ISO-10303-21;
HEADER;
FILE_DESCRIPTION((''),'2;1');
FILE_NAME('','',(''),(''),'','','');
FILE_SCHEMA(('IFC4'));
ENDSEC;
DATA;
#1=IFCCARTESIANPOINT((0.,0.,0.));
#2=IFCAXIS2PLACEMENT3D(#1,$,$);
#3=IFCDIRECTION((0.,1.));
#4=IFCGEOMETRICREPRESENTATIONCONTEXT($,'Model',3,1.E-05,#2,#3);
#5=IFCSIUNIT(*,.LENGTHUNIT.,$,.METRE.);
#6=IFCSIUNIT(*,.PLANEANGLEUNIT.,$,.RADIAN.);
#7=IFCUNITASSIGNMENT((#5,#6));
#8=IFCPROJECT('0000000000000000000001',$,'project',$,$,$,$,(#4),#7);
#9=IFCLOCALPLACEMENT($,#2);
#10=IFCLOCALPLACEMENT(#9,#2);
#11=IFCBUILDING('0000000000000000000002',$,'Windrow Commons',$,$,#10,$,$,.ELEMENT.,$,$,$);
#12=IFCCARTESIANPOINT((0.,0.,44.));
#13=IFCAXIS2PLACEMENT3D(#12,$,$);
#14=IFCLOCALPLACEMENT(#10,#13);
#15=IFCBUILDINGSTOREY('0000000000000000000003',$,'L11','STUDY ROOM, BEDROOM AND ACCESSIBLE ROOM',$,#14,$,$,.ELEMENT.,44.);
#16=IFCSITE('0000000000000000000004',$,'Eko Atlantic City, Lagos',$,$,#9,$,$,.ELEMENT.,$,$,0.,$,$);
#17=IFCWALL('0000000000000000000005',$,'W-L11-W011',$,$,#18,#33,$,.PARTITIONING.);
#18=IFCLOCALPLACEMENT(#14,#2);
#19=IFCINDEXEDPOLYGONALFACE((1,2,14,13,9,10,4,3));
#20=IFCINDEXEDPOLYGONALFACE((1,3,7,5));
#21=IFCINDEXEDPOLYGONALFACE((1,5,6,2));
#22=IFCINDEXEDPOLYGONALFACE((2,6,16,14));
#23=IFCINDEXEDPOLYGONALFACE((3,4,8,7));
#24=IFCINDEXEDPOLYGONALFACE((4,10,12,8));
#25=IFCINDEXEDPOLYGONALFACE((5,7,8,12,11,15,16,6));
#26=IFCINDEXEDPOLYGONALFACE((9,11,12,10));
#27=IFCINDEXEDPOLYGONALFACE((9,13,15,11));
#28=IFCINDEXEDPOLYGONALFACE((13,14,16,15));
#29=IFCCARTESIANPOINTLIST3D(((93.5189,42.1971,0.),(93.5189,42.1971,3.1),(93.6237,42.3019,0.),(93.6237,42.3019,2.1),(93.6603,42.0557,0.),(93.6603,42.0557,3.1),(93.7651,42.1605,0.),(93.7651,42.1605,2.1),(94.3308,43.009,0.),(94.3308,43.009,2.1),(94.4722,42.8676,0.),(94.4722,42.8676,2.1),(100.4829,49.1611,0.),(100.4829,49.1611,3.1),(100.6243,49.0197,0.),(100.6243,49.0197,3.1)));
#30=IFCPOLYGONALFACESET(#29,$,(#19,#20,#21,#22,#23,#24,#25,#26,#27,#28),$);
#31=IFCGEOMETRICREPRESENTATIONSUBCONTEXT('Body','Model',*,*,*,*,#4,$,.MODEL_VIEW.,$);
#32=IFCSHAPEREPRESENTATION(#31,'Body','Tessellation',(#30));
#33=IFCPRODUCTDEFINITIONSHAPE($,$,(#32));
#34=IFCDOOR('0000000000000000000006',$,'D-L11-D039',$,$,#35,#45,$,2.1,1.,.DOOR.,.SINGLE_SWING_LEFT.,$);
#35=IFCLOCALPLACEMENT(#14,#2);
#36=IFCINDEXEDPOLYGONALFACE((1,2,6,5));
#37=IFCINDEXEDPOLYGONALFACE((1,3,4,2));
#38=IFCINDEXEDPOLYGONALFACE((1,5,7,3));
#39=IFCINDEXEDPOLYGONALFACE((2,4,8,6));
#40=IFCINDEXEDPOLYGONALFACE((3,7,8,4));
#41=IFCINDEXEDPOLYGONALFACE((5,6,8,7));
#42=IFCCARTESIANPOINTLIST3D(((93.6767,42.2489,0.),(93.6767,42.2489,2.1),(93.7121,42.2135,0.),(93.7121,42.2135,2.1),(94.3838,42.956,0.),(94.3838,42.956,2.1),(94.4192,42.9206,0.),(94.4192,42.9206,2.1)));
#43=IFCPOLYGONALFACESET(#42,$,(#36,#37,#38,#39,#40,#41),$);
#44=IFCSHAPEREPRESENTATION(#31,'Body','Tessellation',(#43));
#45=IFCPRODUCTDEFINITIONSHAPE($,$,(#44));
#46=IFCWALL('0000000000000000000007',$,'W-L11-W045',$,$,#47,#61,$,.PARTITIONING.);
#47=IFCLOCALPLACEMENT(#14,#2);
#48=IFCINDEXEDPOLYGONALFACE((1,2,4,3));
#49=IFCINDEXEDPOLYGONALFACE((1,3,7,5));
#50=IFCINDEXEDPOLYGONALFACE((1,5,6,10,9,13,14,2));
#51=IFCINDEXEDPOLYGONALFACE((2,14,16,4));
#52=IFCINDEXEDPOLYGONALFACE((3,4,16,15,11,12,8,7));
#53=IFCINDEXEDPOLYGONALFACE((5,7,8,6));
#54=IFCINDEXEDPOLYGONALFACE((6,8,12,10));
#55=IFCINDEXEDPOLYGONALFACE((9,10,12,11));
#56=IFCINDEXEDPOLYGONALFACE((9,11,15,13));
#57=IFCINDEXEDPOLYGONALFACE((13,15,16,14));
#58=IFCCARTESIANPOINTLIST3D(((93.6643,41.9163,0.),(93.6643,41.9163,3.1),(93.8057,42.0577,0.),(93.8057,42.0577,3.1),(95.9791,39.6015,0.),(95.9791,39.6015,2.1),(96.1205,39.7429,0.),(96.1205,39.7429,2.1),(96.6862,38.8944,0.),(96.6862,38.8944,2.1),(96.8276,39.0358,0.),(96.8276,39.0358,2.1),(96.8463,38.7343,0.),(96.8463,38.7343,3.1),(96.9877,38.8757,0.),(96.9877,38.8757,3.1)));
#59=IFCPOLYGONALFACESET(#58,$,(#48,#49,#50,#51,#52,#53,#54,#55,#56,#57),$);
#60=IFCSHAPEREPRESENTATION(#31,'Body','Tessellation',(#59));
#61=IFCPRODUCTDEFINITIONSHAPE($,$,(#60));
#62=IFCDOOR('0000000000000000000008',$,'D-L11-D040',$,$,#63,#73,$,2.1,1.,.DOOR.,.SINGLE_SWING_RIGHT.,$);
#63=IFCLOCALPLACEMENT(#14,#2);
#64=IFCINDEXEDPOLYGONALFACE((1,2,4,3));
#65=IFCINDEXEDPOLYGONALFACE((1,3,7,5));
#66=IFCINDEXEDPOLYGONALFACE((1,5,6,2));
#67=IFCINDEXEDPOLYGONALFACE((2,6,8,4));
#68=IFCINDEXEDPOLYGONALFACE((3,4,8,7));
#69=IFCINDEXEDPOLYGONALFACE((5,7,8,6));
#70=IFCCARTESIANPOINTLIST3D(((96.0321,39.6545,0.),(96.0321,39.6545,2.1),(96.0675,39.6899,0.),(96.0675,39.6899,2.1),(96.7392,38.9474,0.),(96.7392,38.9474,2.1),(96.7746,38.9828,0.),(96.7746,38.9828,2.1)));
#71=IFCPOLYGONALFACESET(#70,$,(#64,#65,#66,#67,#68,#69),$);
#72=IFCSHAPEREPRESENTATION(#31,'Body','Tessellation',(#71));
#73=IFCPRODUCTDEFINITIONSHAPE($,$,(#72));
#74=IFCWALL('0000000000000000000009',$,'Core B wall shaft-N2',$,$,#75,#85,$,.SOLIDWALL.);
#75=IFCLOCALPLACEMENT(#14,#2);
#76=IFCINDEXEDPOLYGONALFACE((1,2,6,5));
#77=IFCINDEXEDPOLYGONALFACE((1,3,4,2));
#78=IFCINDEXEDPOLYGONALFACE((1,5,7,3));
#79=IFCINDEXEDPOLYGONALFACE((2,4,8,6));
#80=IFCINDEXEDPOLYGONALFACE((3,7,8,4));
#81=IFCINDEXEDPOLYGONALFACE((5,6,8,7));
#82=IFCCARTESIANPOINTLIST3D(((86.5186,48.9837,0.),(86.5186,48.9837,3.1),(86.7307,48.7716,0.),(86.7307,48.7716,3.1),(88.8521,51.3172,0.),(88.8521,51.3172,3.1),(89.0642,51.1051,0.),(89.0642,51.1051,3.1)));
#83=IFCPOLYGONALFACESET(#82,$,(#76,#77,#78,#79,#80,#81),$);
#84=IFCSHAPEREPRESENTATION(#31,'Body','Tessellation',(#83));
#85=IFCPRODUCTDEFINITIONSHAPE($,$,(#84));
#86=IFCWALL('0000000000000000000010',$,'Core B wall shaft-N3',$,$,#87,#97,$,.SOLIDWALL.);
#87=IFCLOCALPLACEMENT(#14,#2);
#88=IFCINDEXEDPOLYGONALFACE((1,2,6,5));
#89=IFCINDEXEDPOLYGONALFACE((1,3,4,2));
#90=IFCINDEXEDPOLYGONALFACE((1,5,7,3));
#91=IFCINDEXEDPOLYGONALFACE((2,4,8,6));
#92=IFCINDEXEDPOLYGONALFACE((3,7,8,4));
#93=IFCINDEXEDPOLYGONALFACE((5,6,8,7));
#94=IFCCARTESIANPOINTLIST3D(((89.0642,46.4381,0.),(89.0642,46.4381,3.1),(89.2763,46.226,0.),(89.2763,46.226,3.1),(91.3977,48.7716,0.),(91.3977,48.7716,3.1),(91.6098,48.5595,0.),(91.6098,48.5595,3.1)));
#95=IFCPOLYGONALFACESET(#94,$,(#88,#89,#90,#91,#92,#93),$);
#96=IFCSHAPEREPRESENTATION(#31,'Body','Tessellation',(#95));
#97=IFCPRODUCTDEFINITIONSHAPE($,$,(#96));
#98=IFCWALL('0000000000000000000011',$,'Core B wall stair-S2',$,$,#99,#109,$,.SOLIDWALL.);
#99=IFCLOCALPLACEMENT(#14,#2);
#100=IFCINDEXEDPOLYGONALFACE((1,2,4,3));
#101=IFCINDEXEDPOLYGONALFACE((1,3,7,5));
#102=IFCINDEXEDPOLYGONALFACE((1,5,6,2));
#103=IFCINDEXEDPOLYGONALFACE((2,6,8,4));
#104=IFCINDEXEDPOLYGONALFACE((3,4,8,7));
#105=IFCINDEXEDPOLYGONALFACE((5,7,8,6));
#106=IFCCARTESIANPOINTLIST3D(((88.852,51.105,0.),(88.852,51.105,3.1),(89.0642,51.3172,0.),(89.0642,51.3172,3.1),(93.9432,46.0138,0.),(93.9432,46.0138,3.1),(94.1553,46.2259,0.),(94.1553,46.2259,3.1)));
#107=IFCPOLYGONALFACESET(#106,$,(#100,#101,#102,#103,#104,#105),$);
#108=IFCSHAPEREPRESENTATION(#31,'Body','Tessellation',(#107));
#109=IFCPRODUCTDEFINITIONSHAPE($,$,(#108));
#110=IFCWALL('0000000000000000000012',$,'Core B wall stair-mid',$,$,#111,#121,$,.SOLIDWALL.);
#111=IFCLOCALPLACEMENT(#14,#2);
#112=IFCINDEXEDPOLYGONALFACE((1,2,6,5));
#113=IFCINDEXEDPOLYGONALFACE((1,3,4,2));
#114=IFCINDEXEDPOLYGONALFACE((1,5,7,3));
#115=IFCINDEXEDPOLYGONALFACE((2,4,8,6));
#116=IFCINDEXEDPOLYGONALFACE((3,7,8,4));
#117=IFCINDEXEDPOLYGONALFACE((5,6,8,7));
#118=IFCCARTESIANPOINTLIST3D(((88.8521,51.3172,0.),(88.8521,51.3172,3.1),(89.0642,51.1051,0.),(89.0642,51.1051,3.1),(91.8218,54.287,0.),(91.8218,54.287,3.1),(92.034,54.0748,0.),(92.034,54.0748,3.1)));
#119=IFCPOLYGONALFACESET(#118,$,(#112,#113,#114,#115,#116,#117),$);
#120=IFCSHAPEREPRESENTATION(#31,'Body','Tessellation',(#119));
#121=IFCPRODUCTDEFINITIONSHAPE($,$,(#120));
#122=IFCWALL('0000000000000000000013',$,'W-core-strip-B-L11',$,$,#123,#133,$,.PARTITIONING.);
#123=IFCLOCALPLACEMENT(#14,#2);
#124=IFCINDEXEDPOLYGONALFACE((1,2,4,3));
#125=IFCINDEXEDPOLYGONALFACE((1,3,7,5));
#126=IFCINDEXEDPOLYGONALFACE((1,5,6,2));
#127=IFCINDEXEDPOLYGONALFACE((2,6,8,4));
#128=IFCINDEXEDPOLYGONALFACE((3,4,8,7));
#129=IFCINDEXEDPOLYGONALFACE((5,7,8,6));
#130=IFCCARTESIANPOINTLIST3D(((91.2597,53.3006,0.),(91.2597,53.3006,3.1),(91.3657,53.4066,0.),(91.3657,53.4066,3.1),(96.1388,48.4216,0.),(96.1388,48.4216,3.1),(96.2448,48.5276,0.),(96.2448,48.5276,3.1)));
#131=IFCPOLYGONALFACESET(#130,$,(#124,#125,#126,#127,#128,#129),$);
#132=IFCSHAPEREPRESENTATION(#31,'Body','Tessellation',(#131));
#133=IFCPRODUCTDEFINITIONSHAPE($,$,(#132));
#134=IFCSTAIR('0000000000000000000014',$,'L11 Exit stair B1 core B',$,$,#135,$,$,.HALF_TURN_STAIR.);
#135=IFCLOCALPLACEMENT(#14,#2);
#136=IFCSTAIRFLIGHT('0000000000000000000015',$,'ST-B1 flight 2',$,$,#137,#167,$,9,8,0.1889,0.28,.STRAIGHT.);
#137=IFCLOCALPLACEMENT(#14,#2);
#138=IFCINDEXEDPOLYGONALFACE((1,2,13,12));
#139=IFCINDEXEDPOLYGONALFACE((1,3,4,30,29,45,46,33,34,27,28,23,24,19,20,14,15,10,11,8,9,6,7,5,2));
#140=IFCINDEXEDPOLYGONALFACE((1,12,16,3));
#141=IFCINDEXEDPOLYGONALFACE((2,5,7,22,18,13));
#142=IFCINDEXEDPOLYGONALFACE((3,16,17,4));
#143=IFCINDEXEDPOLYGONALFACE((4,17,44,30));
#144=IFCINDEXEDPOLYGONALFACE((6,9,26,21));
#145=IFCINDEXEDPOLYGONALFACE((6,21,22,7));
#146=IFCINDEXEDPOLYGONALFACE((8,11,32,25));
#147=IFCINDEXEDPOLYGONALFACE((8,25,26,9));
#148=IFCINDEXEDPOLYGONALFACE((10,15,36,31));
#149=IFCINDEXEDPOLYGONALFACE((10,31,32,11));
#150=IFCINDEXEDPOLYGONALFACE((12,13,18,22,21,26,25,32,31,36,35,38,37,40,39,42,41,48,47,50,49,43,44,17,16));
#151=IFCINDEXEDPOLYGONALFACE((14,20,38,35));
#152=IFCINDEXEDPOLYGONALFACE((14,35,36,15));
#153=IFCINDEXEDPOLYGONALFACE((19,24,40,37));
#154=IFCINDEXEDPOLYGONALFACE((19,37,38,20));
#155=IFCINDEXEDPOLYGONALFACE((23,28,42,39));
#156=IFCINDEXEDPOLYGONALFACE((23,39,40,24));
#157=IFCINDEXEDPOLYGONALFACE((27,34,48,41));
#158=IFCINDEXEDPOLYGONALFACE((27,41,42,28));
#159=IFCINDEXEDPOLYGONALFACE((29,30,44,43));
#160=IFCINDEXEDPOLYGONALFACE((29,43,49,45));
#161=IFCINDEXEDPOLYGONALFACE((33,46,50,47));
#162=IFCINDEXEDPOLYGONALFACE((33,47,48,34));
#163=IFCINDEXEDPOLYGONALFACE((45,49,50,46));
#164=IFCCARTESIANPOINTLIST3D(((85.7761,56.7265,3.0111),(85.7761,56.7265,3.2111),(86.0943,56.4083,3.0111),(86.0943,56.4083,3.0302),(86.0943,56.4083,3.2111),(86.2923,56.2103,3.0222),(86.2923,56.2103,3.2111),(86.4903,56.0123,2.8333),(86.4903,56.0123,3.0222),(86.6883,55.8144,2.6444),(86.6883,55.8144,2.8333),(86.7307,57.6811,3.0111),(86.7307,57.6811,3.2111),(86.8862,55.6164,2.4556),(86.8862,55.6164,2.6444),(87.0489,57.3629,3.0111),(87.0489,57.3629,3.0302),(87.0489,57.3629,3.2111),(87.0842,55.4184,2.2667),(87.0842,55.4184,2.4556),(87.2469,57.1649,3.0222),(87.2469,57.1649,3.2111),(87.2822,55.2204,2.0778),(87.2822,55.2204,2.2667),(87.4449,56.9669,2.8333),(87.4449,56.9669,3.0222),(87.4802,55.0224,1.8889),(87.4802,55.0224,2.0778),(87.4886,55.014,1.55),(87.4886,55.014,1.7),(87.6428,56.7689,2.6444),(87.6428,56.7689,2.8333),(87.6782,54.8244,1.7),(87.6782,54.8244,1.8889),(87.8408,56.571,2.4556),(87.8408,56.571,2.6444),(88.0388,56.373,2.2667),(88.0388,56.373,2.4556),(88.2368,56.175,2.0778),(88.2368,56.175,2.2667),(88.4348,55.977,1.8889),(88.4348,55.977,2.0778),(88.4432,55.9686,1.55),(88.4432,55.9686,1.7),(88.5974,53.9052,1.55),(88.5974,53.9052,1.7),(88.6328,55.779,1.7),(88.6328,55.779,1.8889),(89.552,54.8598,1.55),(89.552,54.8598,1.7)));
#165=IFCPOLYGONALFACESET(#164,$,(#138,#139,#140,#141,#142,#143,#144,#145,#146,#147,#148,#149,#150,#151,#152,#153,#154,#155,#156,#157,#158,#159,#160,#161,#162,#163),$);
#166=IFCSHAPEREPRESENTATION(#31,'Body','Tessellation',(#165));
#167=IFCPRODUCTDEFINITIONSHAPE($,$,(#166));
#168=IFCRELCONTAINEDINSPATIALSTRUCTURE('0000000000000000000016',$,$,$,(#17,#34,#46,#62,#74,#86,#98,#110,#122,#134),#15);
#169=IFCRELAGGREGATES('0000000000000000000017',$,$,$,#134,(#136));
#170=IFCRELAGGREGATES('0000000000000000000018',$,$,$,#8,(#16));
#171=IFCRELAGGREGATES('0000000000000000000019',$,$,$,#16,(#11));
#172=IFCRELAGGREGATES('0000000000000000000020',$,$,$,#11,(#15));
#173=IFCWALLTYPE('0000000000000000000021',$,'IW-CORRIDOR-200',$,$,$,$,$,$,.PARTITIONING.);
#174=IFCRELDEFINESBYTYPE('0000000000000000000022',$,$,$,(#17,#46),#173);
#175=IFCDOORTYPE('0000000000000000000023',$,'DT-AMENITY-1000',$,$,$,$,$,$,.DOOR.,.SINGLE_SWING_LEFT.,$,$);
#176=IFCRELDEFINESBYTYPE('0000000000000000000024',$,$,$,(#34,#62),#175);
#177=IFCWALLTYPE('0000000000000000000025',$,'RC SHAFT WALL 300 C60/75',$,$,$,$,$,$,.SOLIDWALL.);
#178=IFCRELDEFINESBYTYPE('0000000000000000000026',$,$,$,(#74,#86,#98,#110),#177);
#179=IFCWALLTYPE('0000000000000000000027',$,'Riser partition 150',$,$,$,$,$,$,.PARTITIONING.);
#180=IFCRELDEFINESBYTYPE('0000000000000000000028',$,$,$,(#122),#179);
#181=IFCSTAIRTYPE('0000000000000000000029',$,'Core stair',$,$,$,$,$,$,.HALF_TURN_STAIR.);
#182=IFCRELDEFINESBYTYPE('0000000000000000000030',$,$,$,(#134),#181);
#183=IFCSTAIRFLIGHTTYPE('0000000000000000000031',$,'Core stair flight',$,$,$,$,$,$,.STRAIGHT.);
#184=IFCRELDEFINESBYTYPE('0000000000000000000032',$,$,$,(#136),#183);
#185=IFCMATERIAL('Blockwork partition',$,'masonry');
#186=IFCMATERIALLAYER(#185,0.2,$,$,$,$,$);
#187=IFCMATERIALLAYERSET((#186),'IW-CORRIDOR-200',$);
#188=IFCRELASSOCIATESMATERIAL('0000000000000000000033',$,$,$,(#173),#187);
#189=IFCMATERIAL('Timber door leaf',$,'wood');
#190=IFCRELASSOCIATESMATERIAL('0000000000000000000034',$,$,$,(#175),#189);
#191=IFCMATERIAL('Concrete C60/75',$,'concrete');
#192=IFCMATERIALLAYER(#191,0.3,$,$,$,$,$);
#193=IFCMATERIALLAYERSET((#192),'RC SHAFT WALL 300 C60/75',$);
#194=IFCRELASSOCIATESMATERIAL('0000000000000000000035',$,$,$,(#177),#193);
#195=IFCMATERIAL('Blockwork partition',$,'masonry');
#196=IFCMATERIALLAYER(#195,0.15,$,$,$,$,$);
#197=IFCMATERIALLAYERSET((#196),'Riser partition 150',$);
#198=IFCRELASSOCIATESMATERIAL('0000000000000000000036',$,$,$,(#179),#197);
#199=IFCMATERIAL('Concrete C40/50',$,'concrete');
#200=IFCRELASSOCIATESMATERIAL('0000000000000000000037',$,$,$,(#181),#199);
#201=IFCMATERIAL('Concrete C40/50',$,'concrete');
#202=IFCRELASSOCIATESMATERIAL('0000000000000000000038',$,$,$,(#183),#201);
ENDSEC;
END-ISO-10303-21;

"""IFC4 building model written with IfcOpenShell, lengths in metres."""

from ifc_helpers import new_model, si_unit, direction, frame, frame_2d, origin, place, context, subcontext, project, spatial, polyline, rectangle, outline, extrude, material, layer, layer_set, type_object, element, fill, aggregate, save


model = new_model("IFC4")

# Units and contexts
model_context = context("Model", 3, precision=1e-05, world=origin(), true_north=direction((0.0, 1.0)))
body_context = subcontext(model_context, "Body", "Model", "MODEL_VIEW")
ifc_project = project(units=[si_unit("LENGTHUNIT", "METRE"), si_unit("PLANEANGLEUNIT", "RADIAN")], contexts=[model_context])

# Site, building, storey
site_placement = place(None, origin())
site = spatial("IfcSite", under=ifc_project, at=site_placement, Name="Eko Atlantic City, Lagos", CompositionType="ELEMENT", RefElevation=0.0)
building_placement = place(site_placement, origin())
building = spatial("IfcBuilding", under=site, at=building_placement, Name="Windrow Commons", CompositionType="ELEMENT")
storey_placement = place(building_placement, frame((0.0, 0.0, 44.0)))
storey = spatial("IfcBuildingStorey", under=building, at=storey_placement, Name="L11", Description="STUDY ROOM, BEDROOM AND ACCESSIBLE ROOM", CompositionType="ELEMENT", Elevation=44.0)

# Walls, openings, doors
ifc_material_1 = material(Name="Blockwork partition", Category="masonry")
ifc_layer_1 = layer(ifc_material_1, 0.2)
ifc_layer_set_1 = layer_set([ifc_layer_1], Name="IW-CORRIDOR-200")
wall_type_1 = type_object("IfcWallType", Name="IW-CORRIDOR-200", PredefinedType="PARTITIONING", material=ifc_layer_set_1)
wall_1_placement = place(storey_placement, frame((93.5896, 42.1264, 0.0), z_axis=(0.0, 0.0, 1.0), x_axis=(0.707107, 0.707107, 0.0)))
wall_1 = element("IfcWall", 1, at=wall_1_placement, inside=storey, type_object=wall_type_1, Name="W-L11-W011", PredefinedType="PARTITIONING", context=body_context, shape_type="SweptSolid", body=[
    extrude(rectangle(XDim=9.8486, YDim=0.2, at=frame_2d((4.9243, 0.0))), origin(), (0.0, 0.0, 1.0), 3.1),
])
opening_1_placement = place(wall_1_placement, frame((0.1482, 0.0, 0.0)))
opening_1 = element("IfcOpeningElement", 2, at=opening_1_placement, cuts=wall_1, PredefinedType="OPENING", context=body_context, shape_type="SweptSolid", body=[
    extrude(rectangle(XDim=1.0, YDim=2.1, at=frame_2d((0.5, 1.05))), frame((0.0, 0.11, 0.0), z_axis=(0.0, -1.0, 0.0), x_axis=(1.0, 0.0, 0.0)), (0.0, 0.0, 1.0), 0.22),
])
ifc_material_2 = material(Name="Timber door leaf", Category="wood")
door_type = type_object("IfcDoorType", Name="DT-AMENITY-1000", OperationType="SINGLE_SWING_LEFT", PredefinedType="DOOR", material=ifc_material_2)
door_1_placement = place(opening_1_placement, origin())
door_1 = element("IfcDoor", 3, at=door_1_placement, inside=storey, type_object=door_type, Name="D-L11-D039", OperationType="SINGLE_SWING_LEFT", OverallHeight=2.1, OverallWidth=1.0, PredefinedType="DOOR", context=body_context, shape_type="SweptSolid", body=[
    extrude(rectangle(XDim=1.0, YDim=2.1, at=frame_2d((0.5, 1.05))), frame((0.0, 0.025, 0.0), z_axis=(0.0, -1.0, 0.0), x_axis=(1.0, 0.0, 0.0)), (0.0, 0.0, 1.0), 0.05),
])
fill(opening_1, door_1)
wall_2_placement = place(storey_placement, frame((93.735, 41.987, 0.0), z_axis=(0.0, 0.0, 1.0), x_axis=(0.707107, -0.707107, 0.0)))
wall_2 = element("IfcWall", 4, at=wall_2_placement, inside=storey, type_object=wall_type_1, Name="W-L11-W045", PredefinedType="PARTITIONING", context=body_context, shape_type="SweptSolid", body=[
    extrude(rectangle(XDim=4.5, YDim=0.2, at=frame_2d((2.25, 0.0))), origin(), (0.0, 0.0, 1.0), 3.1),
])
opening_2_placement = place(wall_2_placement, frame((3.2736, 0.0, 0.0)))
opening_2 = element("IfcOpeningElement", 5, at=opening_2_placement, cuts=wall_2, PredefinedType="OPENING", context=body_context, shape_type="SweptSolid", body=[
    extrude(rectangle(XDim=1.0, YDim=2.1, at=frame_2d((0.5, 1.05))), frame((0.0, 0.11, 0.0), z_axis=(0.0, -1.0, 0.0), x_axis=(1.0, 0.0, 0.0)), (0.0, 0.0, 1.0), 0.22),
])
door_2_placement = place(opening_2_placement, origin())
door_2 = element("IfcDoor", 6, at=door_2_placement, inside=storey, type_object=door_type, Name="D-L11-D040", OperationType="SINGLE_SWING_RIGHT", OverallHeight=2.1, OverallWidth=1.0, PredefinedType="DOOR", context=body_context, shape_type="SweptSolid", body=[
    extrude(rectangle(XDim=1.0, YDim=2.1, at=frame_2d((0.5, 1.05))), frame((0.0, 0.025, 0.0), z_axis=(0.0, -1.0, 0.0), x_axis=(1.0, 0.0, 0.0)), (0.0, 0.0, 1.0), 0.05),
])
fill(opening_2, door_2)

# Walls
ifc_material_3 = material(Name="Concrete C60/75", Category="concrete")
ifc_layer_2 = layer(ifc_material_3, 0.3)
ifc_layer_set_2 = layer_set([ifc_layer_2], Name="RC SHAFT WALL 300 C60/75")
wall_type_2 = type_object("IfcWallType", Name="RC SHAFT WALL 300 C60/75", PredefinedType="SOLIDWALL", material=ifc_layer_set_2)
for number, where, z_axis, x_axis, name in (
    (7, (86.6246, 48.8776, 0.0), (0.0, 0.0, 1.0), (0.707107, 0.707107, 0.0), "Core B wall shaft-N2"),
    (8, (89.1702, 46.332, 0.0), (0.0, 0.0, 1.0), (0.707107, 0.707107, 0.0), "Core B wall shaft-N3"),
):
    element("IfcWall", number, at=place(storey_placement, frame(where, z_axis=z_axis, x_axis=x_axis)), inside=storey, type_object=wall_type_2, Name=name, PredefinedType="SOLIDWALL", context=body_context, shape_type="SweptSolid", body=[
        extrude(rectangle(XDim=3.3001, YDim=0.3, at=frame_2d((1.6501, 0.0))), origin(), (0.0, 0.0, 1.0), 3.1),
    ])
wall_3_placement = place(storey_placement, frame((88.9581, 51.2111, 0.0), z_axis=(0.0, 0.0, 1.0), x_axis=(0.7071, -0.707114, 0.0)))
element("IfcWall", 9, at=wall_3_placement, inside=storey, type_object=wall_type_2, Name="Core B wall stair-S2", PredefinedType="SOLIDWALL", context=body_context, shape_type="SweptSolid", body=[
    extrude(rectangle(XDim=7.2, YDim=0.3, at=frame_2d((3.6, 0.0))), origin(), (0.0, 0.0, 1.0), 3.1),
])
wall_4_placement = place(storey_placement, frame((88.9581, 51.2111, 0.0), z_axis=(0.0, 0.0, 1.0), x_axis=(0.707107, 0.707107, 0.0)))
element("IfcWall", 10, at=wall_4_placement, inside=storey, type_object=wall_type_2, Name="Core B wall stair-mid", PredefinedType="SOLIDWALL", context=body_context, shape_type="SweptSolid", body=[
    extrude(rectangle(XDim=4.1999, YDim=0.3, at=frame_2d((2.1, 0.0))), origin(), (0.0, 0.0, 1.0), 3.1),
])
ifc_material_4 = material(Name="Blockwork partition", Category="masonry")
ifc_layer_3 = layer(ifc_material_4, 0.15)
ifc_layer_set_3 = layer_set([ifc_layer_3], Name="Riser partition 150")
wall_type_3 = type_object("IfcWallType", Name="Riser partition 150", PredefinedType="PARTITIONING", material=ifc_layer_set_3)
wall_5_placement = place(storey_placement, frame((91.3127, 53.3536, 0.0), z_axis=(0.0, 0.0, 1.0), x_axis=(0.707114, -0.7071, 0.0)))
element("IfcWall", 11, at=wall_5_placement, inside=storey, type_object=wall_type_3, Name="W-core-strip-B-L11", PredefinedType="PARTITIONING", context=body_context, shape_type="SweptSolid", body=[
    extrude(rectangle(XDim=6.9, YDim=0.15, at=frame_2d((3.45, 0.0))), origin(), (0.0, 0.0, 1.0), 3.1),
])

# Stair, stair flight
ifc_material_5 = material(Name="Concrete C40/50", Category="concrete")
stair_type = type_object("IfcStairType", Name="Core stair", PredefinedType="HALF_TURN_STAIR", material=ifc_material_5)
placement = place(storey_placement, origin())
stair_1 = element("IfcStair", 12, at=placement, inside=storey, type_object=stair_type, Name="L11 Exit stair B1 core B", PredefinedType="HALF_TURN_STAIR")
ifc_material_6 = material(Name="Concrete C40/50", Category="concrete")
stair_flight_type = type_object("IfcStairFlightType", Name="Core stair flight", PredefinedType="STRAIGHT", material=ifc_material_6)
stair_flight_1_placement = place(storey_placement, frame((88.1555, 55.3017, 1.7), z_axis=(0.0, 0.0, 1.0), x_axis=(-0.707107, 0.707107, 0.0)))
stair_flight_1 = element("IfcStairFlight", 13, at=stair_flight_1_placement, type_object=stair_flight_type, Name="ST-B1 flight 2", NumberOfRisers=9, NumberOfTreads=8, PredefinedType="STRAIGHT", RiserHeight=0.1889, TreadLength=0.28, context=body_context, shape_type="SweptSolid", body=[
    extrude(outline(polyline([(-1.3, -0.15), (-1.3, 0.0), (0.0, 0.0), (0.0, 0.1889), (0.28, 0.1889), (0.28, 0.3778), (0.56, 0.3778), (0.56, 0.5667), (0.84, 0.5667), (0.84, 0.7556), (1.12, 0.7556), (1.12, 0.9444), (1.4, 0.9444), (1.4, 1.1333), (1.68, 1.1333), (1.68, 1.3222), (1.96, 1.3222), (1.96, 1.5111), (2.24, 1.5111), (2.69, 1.5111), (2.69, 1.3111), (2.24, 1.3111), (2.24, 1.3302), (0.2682, 0.0), (0.2682, -0.15), (-1.3, -0.15)])), frame((0.0, 0.675, 0.0), z_axis=(0.0, -1.0, 0.0), x_axis=(1.0, 0.0, 0.0)), (0.0, 0.0, 1.0), 1.35),
])
aggregate(stair_1, [stair_flight_1])

save(model, "model.ifc")
